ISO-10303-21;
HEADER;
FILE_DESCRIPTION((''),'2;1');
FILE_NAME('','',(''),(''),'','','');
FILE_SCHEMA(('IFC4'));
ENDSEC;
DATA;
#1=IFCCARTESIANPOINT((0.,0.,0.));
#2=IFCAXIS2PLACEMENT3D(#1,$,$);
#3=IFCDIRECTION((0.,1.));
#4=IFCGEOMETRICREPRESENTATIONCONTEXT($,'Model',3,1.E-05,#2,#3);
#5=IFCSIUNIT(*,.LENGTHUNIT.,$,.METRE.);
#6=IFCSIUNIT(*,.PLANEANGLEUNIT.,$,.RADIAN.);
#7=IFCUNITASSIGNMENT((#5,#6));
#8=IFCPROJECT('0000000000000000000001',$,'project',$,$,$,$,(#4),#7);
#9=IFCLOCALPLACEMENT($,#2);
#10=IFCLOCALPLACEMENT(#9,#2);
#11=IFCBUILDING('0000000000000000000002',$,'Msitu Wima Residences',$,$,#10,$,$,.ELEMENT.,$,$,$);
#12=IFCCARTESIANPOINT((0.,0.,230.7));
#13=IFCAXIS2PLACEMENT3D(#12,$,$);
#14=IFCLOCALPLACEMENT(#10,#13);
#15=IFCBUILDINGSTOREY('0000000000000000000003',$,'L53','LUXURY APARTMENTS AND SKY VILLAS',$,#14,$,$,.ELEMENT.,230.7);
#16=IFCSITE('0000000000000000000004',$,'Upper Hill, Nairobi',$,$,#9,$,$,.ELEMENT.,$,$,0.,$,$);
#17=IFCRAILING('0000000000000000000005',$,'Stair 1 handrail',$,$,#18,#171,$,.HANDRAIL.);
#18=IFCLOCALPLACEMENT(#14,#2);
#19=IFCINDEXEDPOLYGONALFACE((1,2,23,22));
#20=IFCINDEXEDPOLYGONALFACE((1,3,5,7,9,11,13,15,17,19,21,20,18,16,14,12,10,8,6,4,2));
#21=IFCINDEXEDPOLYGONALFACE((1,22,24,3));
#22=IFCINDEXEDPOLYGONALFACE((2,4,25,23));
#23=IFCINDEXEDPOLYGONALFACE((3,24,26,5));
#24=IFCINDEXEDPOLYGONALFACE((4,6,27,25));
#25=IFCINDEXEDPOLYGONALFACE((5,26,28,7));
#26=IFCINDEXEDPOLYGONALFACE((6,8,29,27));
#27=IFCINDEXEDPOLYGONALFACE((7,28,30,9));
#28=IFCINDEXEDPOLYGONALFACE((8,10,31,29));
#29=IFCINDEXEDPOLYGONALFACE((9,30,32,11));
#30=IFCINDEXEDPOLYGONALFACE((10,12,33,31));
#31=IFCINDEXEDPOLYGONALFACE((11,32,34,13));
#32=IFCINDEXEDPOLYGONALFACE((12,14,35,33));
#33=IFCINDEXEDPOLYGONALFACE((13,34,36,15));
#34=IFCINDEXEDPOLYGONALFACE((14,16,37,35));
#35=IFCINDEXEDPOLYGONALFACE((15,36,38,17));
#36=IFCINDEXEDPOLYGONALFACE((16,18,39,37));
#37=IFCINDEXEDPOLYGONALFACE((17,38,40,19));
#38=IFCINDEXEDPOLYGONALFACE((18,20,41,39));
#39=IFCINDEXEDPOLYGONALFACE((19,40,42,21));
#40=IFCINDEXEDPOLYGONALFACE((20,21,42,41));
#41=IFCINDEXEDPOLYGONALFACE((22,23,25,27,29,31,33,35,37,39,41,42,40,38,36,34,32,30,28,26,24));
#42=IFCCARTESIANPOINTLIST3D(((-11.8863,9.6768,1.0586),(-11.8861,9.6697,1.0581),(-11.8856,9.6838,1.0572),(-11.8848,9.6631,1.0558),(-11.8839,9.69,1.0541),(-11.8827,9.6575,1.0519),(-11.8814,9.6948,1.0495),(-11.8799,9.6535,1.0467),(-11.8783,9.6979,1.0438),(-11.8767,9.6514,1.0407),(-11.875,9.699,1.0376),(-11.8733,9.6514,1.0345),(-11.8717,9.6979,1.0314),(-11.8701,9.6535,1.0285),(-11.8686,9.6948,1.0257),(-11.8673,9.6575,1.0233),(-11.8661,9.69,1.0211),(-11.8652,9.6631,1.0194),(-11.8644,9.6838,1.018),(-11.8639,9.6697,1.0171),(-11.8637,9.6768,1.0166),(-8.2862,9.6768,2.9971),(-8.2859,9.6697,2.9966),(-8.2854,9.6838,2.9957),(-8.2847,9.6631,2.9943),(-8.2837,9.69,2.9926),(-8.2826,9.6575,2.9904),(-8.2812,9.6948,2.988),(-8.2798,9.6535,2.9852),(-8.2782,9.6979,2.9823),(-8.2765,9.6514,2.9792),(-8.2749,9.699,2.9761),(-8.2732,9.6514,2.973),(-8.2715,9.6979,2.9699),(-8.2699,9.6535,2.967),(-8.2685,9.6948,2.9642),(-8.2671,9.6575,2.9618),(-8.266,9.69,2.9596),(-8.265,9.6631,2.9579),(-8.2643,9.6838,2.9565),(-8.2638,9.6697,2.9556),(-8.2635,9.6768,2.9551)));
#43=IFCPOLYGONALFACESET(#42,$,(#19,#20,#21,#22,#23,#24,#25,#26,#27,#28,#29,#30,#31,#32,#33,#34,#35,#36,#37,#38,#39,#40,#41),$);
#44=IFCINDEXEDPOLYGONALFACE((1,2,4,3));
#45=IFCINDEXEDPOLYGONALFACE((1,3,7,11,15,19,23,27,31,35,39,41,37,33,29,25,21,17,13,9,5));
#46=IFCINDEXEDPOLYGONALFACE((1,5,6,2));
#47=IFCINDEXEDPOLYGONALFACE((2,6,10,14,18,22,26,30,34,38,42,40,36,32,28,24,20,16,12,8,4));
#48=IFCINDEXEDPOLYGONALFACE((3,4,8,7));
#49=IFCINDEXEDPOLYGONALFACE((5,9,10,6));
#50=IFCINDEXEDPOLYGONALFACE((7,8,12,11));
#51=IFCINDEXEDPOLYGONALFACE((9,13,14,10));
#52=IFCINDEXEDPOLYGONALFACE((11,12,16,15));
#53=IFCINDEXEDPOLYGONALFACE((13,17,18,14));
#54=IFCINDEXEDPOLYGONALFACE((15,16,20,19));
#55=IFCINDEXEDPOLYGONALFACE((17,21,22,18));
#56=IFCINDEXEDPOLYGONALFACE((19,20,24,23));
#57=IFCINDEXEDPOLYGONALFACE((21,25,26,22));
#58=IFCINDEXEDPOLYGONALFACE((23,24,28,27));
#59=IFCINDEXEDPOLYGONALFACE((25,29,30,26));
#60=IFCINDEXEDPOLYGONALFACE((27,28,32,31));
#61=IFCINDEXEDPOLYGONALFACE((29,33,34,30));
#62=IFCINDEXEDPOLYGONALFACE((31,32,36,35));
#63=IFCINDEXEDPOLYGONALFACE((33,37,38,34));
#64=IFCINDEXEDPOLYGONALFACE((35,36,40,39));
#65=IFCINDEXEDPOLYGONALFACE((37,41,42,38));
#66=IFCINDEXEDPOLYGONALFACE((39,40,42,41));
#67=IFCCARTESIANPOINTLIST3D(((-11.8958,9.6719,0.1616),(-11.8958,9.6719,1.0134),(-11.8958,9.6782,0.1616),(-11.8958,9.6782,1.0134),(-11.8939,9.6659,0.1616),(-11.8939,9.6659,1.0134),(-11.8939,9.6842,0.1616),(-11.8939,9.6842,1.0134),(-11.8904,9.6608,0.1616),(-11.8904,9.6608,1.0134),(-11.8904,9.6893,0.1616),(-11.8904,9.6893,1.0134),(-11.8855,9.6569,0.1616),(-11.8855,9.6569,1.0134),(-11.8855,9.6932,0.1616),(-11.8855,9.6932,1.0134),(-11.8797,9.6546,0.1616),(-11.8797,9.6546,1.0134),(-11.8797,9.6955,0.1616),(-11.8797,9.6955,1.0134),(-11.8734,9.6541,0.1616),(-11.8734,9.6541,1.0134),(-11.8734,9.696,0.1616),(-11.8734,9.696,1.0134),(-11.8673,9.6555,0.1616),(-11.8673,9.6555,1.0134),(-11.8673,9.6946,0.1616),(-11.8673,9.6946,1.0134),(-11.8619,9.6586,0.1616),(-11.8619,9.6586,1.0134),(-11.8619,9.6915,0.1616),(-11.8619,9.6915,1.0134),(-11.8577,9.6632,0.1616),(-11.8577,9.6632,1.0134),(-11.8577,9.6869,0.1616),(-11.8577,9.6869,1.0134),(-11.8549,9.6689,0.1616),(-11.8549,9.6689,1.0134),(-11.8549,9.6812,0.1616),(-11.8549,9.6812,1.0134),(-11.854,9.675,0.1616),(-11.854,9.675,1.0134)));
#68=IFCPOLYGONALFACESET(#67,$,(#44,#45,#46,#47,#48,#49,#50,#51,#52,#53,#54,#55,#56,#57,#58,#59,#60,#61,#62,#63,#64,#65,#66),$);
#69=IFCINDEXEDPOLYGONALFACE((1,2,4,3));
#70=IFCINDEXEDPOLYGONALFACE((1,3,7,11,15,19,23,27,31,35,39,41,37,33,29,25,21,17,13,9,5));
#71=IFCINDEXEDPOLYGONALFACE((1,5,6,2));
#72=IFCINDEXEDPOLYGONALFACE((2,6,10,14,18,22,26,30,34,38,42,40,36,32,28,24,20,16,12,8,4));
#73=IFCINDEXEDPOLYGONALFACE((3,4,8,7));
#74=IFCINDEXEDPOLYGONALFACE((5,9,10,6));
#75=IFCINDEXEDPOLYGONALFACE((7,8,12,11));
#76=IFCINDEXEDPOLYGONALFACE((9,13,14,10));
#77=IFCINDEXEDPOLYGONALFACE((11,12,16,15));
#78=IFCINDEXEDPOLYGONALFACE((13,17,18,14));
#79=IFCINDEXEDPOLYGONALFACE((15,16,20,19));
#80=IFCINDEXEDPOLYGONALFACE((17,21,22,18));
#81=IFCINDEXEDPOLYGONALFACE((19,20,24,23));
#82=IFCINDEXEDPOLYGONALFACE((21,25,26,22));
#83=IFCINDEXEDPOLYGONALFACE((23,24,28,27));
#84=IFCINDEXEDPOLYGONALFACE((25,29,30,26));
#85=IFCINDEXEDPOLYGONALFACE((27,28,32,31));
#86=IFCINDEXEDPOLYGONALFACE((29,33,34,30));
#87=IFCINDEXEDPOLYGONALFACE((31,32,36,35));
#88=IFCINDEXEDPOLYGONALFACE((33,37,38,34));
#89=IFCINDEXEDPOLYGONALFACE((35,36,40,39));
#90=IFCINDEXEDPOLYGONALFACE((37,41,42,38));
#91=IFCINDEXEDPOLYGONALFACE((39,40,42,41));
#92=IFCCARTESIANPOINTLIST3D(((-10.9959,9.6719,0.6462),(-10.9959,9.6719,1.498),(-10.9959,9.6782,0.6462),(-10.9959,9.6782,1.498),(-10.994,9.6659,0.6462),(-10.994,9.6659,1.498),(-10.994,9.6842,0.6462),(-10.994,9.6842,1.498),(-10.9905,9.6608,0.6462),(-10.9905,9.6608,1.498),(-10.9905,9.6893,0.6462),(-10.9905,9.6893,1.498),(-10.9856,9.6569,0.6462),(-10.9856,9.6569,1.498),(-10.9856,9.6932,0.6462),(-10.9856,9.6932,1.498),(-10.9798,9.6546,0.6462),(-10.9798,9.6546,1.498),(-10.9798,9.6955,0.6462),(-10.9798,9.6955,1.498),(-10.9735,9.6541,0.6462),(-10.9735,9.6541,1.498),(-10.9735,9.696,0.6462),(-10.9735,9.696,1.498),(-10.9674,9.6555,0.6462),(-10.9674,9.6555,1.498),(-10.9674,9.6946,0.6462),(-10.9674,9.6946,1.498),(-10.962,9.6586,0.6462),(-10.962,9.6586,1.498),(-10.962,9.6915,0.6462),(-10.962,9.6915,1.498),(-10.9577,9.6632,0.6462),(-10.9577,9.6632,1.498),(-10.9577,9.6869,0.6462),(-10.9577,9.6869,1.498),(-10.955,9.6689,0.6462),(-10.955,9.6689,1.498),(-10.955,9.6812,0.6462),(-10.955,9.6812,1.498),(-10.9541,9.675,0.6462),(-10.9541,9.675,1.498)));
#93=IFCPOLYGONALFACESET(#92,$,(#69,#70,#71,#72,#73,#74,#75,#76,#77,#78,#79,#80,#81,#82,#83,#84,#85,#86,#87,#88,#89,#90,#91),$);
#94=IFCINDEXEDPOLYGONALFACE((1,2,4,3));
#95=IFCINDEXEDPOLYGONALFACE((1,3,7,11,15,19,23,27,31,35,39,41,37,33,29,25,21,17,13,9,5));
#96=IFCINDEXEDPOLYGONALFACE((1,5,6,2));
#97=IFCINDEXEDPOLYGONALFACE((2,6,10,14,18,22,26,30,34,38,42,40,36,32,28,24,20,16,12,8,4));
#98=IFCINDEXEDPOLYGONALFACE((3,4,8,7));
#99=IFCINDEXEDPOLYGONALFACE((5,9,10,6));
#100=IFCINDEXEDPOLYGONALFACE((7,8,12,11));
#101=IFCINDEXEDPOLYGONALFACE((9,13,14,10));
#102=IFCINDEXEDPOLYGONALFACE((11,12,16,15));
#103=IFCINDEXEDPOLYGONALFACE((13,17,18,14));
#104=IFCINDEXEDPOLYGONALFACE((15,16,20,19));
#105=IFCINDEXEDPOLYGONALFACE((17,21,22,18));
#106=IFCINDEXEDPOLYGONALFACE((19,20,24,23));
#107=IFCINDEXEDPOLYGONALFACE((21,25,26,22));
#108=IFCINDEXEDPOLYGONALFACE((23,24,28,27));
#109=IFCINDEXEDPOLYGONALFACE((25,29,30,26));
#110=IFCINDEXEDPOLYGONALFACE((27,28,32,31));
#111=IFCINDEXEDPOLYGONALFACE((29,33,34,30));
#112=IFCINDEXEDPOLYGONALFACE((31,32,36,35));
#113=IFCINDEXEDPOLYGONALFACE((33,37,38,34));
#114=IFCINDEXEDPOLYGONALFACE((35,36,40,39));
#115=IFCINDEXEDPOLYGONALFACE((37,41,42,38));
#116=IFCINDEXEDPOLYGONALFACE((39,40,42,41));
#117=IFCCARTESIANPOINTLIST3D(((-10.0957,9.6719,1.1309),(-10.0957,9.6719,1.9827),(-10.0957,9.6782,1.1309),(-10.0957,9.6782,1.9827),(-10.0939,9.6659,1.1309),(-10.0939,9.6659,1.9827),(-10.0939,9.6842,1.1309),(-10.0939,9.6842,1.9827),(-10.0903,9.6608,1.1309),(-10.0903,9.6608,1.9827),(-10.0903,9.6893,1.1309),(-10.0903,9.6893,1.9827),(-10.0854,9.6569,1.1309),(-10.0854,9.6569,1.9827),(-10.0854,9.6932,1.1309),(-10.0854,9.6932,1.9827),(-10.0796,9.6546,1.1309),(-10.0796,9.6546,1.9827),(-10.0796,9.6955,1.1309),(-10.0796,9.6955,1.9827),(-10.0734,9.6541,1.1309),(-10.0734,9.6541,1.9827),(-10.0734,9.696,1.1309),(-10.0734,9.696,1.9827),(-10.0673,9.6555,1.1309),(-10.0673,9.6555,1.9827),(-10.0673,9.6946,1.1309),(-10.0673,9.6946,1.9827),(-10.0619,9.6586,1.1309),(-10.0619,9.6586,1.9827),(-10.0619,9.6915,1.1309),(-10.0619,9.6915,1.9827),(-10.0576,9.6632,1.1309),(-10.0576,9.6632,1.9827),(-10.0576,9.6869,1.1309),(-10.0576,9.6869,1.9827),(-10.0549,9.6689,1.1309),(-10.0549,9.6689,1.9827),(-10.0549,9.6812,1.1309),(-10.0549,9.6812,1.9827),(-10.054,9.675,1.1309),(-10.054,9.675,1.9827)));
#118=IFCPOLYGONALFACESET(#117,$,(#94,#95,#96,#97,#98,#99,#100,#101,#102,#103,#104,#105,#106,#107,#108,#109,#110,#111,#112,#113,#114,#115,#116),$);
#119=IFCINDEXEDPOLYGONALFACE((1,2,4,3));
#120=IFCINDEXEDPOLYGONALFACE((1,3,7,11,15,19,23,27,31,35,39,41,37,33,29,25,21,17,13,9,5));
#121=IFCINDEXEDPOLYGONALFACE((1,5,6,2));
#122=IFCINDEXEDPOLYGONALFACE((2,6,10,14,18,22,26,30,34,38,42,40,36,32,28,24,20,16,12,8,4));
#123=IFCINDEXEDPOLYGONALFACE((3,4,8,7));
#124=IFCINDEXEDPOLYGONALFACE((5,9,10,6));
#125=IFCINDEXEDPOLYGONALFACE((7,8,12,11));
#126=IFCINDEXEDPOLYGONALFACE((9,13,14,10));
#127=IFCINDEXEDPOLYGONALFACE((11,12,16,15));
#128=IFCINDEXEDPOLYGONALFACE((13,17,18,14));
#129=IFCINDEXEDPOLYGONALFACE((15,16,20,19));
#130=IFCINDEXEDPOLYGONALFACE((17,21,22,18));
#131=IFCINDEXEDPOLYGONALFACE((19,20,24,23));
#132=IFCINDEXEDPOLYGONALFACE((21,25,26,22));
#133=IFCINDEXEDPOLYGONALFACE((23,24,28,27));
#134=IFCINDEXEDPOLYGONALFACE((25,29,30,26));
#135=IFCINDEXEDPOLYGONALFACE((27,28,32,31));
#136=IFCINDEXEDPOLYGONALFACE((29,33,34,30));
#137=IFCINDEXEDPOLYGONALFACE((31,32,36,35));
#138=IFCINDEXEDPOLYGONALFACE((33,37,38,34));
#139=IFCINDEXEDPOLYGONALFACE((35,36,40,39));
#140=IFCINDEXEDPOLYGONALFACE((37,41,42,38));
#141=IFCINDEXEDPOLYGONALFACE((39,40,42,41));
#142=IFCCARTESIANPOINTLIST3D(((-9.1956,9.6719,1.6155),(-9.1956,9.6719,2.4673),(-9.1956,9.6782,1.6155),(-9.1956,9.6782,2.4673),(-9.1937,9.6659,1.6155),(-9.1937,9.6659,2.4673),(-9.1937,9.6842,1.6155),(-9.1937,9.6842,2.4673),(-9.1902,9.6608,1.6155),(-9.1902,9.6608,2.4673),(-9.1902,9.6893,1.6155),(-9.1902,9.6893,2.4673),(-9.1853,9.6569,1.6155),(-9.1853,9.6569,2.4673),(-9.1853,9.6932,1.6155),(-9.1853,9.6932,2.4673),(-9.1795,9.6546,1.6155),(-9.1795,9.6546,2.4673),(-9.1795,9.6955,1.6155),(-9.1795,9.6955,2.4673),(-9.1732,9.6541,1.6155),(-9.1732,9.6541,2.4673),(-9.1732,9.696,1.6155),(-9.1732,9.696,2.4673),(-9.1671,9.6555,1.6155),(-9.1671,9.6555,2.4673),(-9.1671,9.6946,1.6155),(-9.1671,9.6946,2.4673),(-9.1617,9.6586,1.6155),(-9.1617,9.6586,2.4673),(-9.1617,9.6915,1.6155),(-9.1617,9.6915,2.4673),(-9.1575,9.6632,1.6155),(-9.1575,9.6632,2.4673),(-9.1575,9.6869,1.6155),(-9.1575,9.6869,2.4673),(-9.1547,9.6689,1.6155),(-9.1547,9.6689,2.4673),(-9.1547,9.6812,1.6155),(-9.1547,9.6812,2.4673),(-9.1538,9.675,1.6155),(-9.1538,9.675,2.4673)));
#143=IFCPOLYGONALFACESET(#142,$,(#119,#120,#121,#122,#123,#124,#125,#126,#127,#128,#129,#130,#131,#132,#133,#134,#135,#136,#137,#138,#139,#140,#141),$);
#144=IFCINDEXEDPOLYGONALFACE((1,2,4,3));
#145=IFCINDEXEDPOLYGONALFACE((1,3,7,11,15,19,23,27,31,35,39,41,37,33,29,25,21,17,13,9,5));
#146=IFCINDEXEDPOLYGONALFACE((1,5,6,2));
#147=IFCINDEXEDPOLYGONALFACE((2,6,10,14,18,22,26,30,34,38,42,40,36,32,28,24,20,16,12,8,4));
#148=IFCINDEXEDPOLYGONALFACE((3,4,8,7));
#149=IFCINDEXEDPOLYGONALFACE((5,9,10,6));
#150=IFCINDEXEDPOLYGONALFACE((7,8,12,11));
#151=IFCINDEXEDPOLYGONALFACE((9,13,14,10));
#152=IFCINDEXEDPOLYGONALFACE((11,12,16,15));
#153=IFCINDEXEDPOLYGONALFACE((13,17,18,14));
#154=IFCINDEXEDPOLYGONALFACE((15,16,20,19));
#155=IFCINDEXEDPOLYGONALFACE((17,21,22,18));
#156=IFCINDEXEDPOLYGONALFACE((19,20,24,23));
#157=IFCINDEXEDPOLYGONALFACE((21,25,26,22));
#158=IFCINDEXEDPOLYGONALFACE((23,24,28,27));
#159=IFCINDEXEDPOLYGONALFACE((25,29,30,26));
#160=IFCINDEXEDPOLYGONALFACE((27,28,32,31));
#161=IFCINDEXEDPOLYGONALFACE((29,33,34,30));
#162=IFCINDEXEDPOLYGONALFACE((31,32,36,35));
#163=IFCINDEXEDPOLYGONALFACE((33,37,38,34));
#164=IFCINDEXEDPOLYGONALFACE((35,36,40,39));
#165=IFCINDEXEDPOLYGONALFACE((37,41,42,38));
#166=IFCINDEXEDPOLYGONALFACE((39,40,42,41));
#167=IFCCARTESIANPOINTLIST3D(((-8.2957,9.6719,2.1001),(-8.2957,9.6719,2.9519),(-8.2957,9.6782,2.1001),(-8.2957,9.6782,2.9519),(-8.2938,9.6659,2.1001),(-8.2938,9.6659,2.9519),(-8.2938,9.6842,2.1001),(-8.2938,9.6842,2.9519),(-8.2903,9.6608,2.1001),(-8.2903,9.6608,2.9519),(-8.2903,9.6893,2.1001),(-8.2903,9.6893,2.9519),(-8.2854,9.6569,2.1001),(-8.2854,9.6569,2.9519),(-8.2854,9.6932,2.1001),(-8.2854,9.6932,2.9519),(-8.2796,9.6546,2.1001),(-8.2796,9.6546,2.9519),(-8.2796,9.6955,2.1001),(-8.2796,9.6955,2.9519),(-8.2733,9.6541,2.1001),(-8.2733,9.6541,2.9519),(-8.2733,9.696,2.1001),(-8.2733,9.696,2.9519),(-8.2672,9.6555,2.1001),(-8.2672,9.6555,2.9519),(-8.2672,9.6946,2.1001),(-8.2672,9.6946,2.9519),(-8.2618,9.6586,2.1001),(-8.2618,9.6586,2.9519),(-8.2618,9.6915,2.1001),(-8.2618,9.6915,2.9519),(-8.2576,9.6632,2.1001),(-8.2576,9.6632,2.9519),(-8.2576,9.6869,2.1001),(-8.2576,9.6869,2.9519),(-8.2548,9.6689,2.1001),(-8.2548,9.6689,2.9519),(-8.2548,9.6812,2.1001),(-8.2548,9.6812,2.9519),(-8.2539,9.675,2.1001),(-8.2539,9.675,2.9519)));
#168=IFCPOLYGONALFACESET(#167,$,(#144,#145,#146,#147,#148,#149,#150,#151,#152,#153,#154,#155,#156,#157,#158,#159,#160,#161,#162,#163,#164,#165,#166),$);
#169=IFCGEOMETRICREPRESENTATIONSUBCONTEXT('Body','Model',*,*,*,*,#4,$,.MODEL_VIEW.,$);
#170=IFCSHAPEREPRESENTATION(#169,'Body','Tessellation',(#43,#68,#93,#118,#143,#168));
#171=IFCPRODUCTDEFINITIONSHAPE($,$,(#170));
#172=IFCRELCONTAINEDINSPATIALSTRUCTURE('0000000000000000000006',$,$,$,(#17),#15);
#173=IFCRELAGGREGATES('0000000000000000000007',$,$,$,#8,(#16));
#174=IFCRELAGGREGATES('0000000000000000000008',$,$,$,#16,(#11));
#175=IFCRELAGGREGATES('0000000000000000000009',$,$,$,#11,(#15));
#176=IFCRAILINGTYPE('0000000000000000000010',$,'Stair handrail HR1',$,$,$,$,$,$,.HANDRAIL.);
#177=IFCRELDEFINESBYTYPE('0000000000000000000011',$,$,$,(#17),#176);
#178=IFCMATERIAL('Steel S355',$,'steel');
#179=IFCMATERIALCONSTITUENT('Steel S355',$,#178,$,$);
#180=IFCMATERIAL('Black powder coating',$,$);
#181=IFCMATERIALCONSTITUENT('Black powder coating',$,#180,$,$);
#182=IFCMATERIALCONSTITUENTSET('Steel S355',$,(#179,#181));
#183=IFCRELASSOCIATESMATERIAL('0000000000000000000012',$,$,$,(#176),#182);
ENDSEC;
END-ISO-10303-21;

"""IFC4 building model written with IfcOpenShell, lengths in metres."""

from ifc_helpers import new_model, si_unit, direction, frame, origin, origin_2d, place, context, subcontext, project, spatial, circle, extrude, material, constituent, constituent_set, type_object, element, save


model = new_model("IFC4")

# Units and contexts
model_context = context("Model", 3, precision=1e-05, world=origin(), true_north=direction((0.0, 1.0)))
body_context = subcontext(model_context, "Body", "Model", "MODEL_VIEW")
ifc_project = project(units=[si_unit("LENGTHUNIT", "METRE"), si_unit("PLANEANGLEUNIT", "RADIAN")], contexts=[model_context])

# Site, building, storey
site_placement = place(None, origin())
site = spatial("IfcSite", under=ifc_project, at=site_placement, Name="Upper Hill, Nairobi", CompositionType="ELEMENT", RefElevation=0.0)
building_placement = place(site_placement, origin())
building = spatial("IfcBuilding", under=site, at=building_placement, Name="Msitu Wima Residences", CompositionType="ELEMENT")
storey_placement = place(building_placement, frame((0.0, 0.0, 230.7)))
storey = spatial("IfcBuildingStorey", under=building, at=storey_placement, Name="L53", Description="LUXURY APARTMENTS AND SKY VILLAS", CompositionType="ELEMENT", Elevation=230.7)

# Railing
ifc_material_1 = material(Name="Steel S355", Category="steel")
ifc_constituent_1 = constituent(ifc_material_1, Name="Steel S355")
ifc_material_2 = material(Name="Black powder coating")
ifc_constituent_2 = constituent(ifc_material_2, Name="Black powder coating")
ifc_constituent_set = constituent_set(constituents=[ifc_constituent_1, ifc_constituent_2], Name="Steel S355")
railing_type = type_object("IfcRailingType", Name="Stair handrail HR1", PredefinedType="HANDRAIL", material=ifc_constituent_set)
for number, where, name in (
    (1, (-11.875, 9.675, 0.1616), "Stair 1 handrail"),
):
    element("IfcRailing", number, at=place(storey_placement, frame(where)), inside=storey, type_object=railing_type, Name=name, PredefinedType="HANDRAIL", context=body_context, shape_type="SweptSolid", body=[
        extrude(circle(Radius=0.0239, at=origin_2d()), frame((0.0, 0.0, 0.876), z_axis=(0.880475, 0.0, 0.474093), x_axis=(0.0, 1.0, 0.0)), (0.0, 0.0, 1.0), 4.0889),
        extrude(circle(Radius=0.021, at=origin_2d()), origin(), (0.0, 0.0, 1.0), 0.8518),
        extrude(circle(Radius=0.021, at=origin_2d()), frame((0.8999, 0.0, 0.4846)), (0.0, 0.0, 1.0), 0.8518),
        extrude(circle(Radius=0.021, at=origin_2d()), frame((1.8, 0.0, 0.9692)), (0.0, 0.0, 1.0), 0.8518),
        extrude(circle(Radius=0.021, at=origin_2d()), frame((2.7002, 0.0, 1.4539)), (0.0, 0.0, 1.0), 0.8518),
        extrude(circle(Radius=0.021, at=origin_2d()), frame((3.6001, 0.0, 1.9385)), (0.0, 0.0, 1.0), 0.8518),
    ])

save(model, "model.ifc")
